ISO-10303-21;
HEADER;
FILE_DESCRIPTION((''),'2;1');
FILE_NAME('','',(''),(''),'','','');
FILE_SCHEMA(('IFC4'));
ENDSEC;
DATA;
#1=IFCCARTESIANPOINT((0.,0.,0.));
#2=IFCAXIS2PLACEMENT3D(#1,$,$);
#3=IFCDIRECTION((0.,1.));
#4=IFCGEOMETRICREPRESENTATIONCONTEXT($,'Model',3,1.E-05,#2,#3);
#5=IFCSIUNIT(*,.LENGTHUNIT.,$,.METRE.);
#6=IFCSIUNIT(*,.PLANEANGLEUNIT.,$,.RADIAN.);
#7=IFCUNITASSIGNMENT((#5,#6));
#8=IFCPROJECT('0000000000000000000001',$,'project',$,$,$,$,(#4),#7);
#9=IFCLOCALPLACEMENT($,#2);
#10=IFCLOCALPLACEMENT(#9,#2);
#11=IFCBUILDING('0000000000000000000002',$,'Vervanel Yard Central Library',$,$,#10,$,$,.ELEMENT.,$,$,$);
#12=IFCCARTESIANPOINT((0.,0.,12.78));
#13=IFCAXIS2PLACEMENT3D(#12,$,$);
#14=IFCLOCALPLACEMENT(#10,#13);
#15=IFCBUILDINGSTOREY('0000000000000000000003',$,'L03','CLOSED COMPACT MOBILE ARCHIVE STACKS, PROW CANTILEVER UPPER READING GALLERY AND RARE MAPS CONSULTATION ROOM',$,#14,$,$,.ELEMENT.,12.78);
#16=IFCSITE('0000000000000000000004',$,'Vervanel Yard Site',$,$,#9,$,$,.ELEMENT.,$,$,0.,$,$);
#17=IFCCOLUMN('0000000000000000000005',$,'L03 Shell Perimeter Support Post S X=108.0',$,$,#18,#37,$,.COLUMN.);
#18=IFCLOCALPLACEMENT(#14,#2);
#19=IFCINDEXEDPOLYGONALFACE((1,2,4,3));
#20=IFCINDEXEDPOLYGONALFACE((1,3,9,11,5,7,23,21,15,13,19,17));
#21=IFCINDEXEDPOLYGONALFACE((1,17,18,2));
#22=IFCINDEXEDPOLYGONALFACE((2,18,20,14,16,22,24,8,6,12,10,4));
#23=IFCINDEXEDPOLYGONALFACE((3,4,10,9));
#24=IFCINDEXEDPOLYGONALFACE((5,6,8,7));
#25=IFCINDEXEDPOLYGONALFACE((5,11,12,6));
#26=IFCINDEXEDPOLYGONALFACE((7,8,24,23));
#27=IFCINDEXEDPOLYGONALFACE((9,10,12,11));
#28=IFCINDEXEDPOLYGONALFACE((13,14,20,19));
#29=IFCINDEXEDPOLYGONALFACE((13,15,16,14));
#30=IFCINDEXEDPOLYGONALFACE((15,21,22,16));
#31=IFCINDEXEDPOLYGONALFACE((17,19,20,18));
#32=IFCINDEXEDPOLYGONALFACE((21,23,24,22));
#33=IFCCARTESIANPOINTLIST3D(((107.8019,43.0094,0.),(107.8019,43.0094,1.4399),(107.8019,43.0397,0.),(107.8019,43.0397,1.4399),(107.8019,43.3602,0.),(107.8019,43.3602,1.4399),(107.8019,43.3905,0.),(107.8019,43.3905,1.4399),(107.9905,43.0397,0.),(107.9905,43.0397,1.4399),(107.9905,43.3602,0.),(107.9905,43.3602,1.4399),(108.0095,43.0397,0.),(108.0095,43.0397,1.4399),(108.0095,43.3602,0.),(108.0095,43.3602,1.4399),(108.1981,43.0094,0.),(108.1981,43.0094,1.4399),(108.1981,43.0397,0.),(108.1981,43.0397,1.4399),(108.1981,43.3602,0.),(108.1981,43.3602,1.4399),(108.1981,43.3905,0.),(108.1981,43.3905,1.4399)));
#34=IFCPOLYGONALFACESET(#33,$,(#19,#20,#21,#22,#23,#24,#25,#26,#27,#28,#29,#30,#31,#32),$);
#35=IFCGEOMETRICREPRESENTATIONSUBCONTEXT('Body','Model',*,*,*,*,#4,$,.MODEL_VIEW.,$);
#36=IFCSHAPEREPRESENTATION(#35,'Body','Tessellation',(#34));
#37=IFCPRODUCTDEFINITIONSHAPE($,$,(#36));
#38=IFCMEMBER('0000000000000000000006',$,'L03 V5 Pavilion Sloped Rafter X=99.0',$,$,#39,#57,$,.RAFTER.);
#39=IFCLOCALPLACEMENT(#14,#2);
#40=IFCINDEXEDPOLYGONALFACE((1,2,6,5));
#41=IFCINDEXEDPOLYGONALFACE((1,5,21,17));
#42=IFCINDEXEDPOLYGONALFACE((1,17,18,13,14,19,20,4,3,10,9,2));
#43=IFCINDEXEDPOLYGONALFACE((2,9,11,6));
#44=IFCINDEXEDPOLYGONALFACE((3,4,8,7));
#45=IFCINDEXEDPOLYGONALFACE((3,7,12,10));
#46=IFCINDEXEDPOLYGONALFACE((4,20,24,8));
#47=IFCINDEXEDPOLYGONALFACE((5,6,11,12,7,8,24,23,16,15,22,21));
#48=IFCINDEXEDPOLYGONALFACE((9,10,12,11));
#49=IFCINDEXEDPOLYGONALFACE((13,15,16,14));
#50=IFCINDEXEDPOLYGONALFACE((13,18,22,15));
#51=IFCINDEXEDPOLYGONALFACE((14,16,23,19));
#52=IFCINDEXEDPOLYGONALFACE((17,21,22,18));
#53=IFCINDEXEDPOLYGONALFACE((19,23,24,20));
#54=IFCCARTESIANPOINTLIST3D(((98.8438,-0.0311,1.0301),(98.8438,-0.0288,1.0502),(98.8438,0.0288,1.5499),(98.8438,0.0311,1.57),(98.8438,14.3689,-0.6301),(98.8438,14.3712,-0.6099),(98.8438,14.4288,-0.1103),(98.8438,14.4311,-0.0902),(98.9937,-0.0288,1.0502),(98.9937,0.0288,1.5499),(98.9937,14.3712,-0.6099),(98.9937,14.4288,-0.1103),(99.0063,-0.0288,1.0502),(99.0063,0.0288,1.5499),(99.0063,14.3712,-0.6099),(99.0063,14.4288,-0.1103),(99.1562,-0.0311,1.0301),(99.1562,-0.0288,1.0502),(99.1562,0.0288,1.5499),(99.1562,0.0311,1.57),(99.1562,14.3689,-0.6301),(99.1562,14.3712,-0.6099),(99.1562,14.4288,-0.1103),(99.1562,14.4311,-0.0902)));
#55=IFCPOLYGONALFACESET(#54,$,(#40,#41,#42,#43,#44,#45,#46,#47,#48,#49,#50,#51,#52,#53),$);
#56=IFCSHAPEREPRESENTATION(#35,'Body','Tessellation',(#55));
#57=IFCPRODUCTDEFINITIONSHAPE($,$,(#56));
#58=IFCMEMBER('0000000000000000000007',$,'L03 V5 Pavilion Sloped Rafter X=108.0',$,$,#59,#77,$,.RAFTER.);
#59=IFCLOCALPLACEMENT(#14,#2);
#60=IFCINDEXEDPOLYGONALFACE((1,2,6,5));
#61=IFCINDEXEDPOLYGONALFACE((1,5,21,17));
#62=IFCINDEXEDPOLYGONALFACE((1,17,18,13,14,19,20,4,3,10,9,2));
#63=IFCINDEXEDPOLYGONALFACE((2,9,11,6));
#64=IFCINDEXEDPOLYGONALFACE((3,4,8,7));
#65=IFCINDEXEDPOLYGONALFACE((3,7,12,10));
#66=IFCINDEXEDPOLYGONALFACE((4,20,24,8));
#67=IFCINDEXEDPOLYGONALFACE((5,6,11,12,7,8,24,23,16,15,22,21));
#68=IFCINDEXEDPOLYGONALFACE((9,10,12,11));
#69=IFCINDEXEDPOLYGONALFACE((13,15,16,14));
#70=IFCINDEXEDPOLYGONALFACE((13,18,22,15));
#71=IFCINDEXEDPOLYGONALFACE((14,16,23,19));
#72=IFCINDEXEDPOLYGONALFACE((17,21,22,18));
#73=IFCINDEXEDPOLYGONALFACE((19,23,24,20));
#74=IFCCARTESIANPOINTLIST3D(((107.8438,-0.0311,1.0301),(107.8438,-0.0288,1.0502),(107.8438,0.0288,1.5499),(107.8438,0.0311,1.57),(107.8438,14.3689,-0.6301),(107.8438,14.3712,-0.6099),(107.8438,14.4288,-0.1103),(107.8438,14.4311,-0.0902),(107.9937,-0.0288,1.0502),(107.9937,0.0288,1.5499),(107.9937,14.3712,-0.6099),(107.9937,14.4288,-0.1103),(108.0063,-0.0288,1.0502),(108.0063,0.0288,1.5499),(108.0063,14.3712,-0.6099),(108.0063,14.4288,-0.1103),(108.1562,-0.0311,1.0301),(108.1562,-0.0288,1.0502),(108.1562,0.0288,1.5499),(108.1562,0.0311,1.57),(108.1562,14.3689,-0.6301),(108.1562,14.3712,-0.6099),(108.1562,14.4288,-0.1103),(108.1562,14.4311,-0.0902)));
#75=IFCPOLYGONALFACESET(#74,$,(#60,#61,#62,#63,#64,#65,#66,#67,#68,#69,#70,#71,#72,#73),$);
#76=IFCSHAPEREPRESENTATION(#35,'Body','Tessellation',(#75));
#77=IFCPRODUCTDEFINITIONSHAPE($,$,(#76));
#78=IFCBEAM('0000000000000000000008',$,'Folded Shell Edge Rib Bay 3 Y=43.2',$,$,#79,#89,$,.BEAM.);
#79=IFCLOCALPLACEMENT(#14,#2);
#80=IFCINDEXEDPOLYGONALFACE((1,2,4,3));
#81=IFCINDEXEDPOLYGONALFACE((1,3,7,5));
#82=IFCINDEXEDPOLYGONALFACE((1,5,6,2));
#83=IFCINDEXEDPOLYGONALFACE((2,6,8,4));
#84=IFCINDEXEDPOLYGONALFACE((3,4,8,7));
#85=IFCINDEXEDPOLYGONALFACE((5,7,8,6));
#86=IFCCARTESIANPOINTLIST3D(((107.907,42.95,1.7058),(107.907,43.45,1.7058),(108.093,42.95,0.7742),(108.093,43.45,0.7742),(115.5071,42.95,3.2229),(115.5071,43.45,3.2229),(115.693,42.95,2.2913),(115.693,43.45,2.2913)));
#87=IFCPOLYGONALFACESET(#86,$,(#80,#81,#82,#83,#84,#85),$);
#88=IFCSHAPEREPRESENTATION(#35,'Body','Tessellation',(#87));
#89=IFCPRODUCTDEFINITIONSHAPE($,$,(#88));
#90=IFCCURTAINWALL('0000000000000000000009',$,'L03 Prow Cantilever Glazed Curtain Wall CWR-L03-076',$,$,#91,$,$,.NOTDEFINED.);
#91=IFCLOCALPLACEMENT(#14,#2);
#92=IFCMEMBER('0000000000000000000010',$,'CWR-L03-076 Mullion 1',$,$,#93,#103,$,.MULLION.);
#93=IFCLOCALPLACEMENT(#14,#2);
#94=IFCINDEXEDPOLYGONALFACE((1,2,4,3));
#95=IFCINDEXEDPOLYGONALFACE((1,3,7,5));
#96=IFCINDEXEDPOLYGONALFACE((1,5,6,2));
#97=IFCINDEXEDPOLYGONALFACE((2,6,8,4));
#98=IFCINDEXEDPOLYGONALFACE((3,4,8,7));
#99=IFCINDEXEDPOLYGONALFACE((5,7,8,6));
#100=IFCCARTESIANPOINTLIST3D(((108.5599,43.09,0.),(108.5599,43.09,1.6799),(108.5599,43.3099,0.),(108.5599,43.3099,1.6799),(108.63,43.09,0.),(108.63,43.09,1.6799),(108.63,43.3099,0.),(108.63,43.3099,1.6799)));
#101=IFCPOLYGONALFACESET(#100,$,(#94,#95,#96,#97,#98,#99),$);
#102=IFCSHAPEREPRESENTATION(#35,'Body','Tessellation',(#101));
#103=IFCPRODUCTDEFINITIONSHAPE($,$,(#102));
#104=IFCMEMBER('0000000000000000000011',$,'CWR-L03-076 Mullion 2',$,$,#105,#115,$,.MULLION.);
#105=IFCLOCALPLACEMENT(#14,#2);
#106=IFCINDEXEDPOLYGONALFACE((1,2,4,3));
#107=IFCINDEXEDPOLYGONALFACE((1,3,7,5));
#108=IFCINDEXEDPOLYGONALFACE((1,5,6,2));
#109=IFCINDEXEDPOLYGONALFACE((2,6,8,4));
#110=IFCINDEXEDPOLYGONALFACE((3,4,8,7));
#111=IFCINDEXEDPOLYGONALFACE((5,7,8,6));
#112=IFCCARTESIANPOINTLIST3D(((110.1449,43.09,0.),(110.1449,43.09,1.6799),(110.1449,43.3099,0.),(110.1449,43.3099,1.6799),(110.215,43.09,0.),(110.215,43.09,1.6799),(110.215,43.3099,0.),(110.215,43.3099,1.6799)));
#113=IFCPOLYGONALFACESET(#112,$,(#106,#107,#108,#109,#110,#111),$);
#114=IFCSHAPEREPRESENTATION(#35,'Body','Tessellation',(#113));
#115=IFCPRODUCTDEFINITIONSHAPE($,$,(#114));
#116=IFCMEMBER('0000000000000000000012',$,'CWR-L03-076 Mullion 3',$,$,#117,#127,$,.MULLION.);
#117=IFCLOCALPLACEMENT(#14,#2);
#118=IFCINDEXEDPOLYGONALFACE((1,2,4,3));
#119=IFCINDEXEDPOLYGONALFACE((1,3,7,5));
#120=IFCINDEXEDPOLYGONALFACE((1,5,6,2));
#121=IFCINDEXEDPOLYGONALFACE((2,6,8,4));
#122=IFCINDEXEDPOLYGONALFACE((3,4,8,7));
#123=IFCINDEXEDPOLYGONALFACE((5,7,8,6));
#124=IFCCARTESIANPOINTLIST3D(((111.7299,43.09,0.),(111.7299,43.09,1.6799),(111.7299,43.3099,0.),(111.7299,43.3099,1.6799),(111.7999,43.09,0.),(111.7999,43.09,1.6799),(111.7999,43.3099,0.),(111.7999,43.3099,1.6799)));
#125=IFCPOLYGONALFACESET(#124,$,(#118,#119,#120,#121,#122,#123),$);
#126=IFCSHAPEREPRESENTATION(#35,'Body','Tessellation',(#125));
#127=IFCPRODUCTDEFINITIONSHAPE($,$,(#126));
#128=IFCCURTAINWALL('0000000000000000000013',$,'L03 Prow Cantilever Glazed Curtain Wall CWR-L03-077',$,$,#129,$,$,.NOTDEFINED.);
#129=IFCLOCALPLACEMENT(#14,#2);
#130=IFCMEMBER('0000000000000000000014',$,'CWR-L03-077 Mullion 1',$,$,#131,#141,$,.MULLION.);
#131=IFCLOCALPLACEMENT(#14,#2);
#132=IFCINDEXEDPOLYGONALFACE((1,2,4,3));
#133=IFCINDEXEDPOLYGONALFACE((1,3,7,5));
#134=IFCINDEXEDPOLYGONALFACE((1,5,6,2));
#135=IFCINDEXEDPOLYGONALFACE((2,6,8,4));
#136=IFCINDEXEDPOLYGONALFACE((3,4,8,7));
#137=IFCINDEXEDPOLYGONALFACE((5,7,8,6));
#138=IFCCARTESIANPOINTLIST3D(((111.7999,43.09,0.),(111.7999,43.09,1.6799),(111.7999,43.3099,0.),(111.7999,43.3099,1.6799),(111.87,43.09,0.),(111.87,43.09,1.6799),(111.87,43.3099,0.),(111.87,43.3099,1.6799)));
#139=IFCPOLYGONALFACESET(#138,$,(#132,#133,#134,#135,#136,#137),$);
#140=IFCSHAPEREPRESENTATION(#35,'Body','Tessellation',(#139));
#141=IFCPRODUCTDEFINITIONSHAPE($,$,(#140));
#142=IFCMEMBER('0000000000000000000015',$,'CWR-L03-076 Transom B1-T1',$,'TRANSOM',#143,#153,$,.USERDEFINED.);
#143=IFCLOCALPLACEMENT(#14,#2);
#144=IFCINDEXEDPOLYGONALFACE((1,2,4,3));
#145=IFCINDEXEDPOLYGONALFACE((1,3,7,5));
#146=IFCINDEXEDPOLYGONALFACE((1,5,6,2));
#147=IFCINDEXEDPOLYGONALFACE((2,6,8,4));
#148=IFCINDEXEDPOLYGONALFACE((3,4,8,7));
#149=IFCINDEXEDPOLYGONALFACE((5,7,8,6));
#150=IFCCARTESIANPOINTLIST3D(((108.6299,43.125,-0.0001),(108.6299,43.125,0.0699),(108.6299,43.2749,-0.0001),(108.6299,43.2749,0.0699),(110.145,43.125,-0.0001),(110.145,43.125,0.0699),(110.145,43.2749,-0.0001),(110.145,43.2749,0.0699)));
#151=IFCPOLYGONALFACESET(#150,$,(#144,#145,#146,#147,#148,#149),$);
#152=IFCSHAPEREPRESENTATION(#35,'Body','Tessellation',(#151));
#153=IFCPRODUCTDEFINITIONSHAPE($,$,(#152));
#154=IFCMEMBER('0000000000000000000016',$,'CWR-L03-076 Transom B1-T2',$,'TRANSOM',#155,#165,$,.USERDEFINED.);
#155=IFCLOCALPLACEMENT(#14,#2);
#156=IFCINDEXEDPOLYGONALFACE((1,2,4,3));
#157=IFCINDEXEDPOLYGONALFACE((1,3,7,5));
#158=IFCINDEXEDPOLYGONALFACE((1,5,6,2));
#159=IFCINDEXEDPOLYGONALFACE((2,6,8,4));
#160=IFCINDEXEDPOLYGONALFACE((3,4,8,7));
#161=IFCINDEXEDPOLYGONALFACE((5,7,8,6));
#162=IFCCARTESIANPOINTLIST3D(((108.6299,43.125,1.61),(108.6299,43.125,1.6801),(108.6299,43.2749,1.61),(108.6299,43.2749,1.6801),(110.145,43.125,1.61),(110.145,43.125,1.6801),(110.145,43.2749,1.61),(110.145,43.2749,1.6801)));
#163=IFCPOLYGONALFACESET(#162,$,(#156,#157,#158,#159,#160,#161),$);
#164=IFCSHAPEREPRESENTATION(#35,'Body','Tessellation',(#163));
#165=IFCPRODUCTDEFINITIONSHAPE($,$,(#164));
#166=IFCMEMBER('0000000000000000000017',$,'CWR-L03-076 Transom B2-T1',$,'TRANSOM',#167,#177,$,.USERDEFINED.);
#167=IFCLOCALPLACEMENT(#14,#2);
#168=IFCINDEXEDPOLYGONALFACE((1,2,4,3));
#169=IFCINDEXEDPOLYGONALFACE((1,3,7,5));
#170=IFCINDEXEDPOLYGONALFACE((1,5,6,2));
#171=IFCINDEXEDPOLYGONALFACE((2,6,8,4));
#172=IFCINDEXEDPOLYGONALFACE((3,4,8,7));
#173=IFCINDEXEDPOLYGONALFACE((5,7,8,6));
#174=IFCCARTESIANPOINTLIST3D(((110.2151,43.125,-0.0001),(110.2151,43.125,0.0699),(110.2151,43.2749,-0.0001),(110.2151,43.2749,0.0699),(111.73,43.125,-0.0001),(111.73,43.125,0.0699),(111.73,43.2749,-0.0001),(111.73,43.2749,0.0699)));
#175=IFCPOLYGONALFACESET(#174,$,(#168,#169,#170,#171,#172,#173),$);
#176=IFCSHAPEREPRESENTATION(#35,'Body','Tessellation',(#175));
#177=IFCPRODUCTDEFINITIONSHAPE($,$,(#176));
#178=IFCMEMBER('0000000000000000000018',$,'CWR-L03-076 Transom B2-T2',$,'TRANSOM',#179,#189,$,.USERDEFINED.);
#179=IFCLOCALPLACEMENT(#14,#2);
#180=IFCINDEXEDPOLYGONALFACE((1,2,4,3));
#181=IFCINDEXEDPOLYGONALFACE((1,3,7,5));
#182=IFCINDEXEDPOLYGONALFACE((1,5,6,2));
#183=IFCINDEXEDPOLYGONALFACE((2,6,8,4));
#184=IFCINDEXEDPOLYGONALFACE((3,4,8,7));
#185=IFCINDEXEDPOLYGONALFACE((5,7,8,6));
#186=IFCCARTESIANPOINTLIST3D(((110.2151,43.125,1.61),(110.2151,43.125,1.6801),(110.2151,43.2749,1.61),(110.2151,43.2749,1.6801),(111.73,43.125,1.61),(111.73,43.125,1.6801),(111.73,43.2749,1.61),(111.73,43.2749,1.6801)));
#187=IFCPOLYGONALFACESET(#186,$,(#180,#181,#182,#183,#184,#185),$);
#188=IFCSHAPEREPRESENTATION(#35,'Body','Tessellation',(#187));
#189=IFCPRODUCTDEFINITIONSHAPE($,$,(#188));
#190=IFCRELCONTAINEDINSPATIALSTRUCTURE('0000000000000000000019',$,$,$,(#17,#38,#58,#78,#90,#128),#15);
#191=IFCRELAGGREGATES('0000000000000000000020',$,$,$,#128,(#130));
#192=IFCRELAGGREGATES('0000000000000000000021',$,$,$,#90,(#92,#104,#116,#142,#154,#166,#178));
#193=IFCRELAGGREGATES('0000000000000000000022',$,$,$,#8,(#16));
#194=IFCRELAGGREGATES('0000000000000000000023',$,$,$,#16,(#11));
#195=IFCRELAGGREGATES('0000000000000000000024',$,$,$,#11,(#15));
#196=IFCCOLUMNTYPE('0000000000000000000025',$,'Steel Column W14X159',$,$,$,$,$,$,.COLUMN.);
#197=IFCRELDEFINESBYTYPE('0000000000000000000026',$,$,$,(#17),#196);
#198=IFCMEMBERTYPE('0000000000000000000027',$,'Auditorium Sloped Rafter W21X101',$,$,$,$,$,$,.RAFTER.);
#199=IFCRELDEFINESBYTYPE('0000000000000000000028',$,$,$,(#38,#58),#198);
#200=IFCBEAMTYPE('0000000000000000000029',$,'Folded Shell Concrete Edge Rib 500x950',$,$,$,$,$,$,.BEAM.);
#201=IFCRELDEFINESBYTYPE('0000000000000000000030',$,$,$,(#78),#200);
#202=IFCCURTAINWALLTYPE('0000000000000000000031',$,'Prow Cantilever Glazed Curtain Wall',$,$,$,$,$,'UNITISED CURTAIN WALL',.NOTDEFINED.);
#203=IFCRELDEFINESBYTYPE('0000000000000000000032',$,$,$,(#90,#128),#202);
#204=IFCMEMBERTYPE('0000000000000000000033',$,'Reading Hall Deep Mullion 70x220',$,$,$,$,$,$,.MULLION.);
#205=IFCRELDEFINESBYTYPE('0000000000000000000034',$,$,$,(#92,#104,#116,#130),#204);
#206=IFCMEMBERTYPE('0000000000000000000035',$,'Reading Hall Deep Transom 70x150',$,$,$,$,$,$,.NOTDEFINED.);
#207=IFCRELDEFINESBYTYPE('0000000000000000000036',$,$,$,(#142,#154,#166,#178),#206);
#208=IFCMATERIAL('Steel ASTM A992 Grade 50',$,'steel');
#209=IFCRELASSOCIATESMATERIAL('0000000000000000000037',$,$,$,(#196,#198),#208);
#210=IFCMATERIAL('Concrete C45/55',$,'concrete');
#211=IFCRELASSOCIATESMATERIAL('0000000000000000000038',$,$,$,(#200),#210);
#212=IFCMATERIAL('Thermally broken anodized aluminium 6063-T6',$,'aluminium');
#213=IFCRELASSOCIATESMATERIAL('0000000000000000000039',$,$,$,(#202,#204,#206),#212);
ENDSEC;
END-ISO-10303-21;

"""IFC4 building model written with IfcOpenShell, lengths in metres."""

from ifc_helpers import new_model, si_unit, direction, frame, origin, origin_2d, place, context, subcontext, project, spatial, rectangle, i_section, extrude, material, material_profile, profile_set, type_object, element, aggregate, save


model = new_model("IFC4")

# Units and contexts
model_context = context("Model", 3, precision=1e-05, world=origin(), true_north=direction((0.0, 1.0)))
body_context = subcontext(model_context, "Body", "Model", "MODEL_VIEW")
ifc_project = project(units=[si_unit("LENGTHUNIT", "METRE"), si_unit("PLANEANGLEUNIT", "RADIAN")], contexts=[model_context])

# Site, building, storey
site_placement = place(None, origin())
site = spatial("IfcSite", under=ifc_project, at=site_placement, Name="Vervanel Yard Site", CompositionType="ELEMENT", RefElevation=0.0)
building_placement = place(site_placement, origin())
building = spatial("IfcBuilding", under=site, at=building_placement, Name="Vervanel Yard Central Library", CompositionType="ELEMENT")
storey_placement = place(building_placement, frame((0.0, 0.0, 12.78)))
storey = spatial("IfcBuildingStorey", under=building, at=storey_placement, Name="L03", Description="CLOSED COMPACT MOBILE ARCHIVE STACKS, PROW CANTILEVER UPPER READING GALLERY AND RARE MAPS CONSULTATION ROOM", CompositionType="ELEMENT", Elevation=12.78)

# Column
ifc_material_1 = material(Name="Steel ASTM A992 Grade 50", Category="steel")
ifc_material_profile_1 = material_profile(ifc_material_1, i_section(OverallWidth=0.3962, OverallDepth=0.3811, WebThickness=0.019, FlangeThickness=0.0303, at=origin_2d()), Name="W14X159", Category="steel")
ifc_profile_set_1 = profile_set([ifc_material_profile_1], Name="Steel ASTM A992 Grade 50")
column_type = type_object("IfcColumnType", Name="Steel Column W14X159", PredefinedType="COLUMN", material=ifc_profile_set_1)
column_placement = place(storey_placement, frame((108.0, 43.2, 0.0), z_axis=(0.0, 0.0, 1.0), x_axis=(1.0, 0.0, 0.0)))
element("IfcColumn", 1, at=column_placement, inside=storey, type_object=column_type, Name="L03 Shell Perimeter Support Post S X=108.0", PredefinedType="COLUMN", context=body_context, shape_type="SweptSolid", body=[
    extrude(i_section(OverallWidth=0.3962, OverallDepth=0.3811, WebThickness=0.019, FlangeThickness=0.0303, at=origin_2d()), origin(), (0.0, 0.0, 1.0), 1.4399),
])

# Members
ifc_material_profile_2 = material_profile(ifc_material_1, i_section(OverallWidth=0.3125, OverallDepth=0.5435, WebThickness=0.0127, FlangeThickness=0.0203, at=origin_2d()), Name="W21X101", Category="steel")
ifc_profile_set_2 = profile_set([ifc_material_profile_2], Name="Steel ASTM A992 Grade 50")
member_type_1 = type_object("IfcMemberType", Name="Auditorium Sloped Rafter W21X101", PredefinedType="RAFTER", material=ifc_profile_set_2)
for number, where, z_axis, x_axis, name in (
    (2, (99.0, 0.0, 1.3), (0.0, 0.99342, -0.114531), (-1.0, 0.0, 0.0), "L03 V5 Pavilion Sloped Rafter X=99.0"),
    (3, (108.0, 0.0, 1.3), (0.0, 0.99342, -0.114531), (-1.0, 0.0, 0.0), "L03 V5 Pavilion Sloped Rafter X=108.0"),
):
    element("IfcMember", number, at=place(storey_placement, frame(where, z_axis=z_axis, x_axis=x_axis)), inside=storey, type_object=member_type_1, Name=name, PredefinedType="RAFTER", context=body_context, shape_type="SweptSolid", body=[
        extrude(i_section(OverallWidth=0.3125, OverallDepth=0.5435, WebThickness=0.0127, FlangeThickness=0.0203, at=origin_2d()), origin(), (0.0, 0.0, 1.0), 14.4954),
    ])

# Beam
ifc_material_2 = material(Name="Concrete C45/55", Category="concrete")
ifc_material_profile_3 = material_profile(ifc_material_2, rectangle(XDim=0.5, YDim=0.95, at=origin_2d()), Name="RC 500x950", Category="concrete")
ifc_profile_set_3 = profile_set([ifc_material_profile_3], Name="Concrete C45/55")
beam_type = type_object("IfcBeamType", Name="Folded Shell Concrete Edge Rib 500x950", PredefinedType="BEAM", material=ifc_profile_set_3)
beam_placement = place(storey_placement, frame((108.0, 43.2, 1.24), z_axis=(0.980653, 0.0, 0.195753), x_axis=(0.0, 1.0, 0.0)))
element("IfcBeam", 4, at=beam_placement, inside=storey, type_object=beam_type, Name="Folded Shell Edge Rib Bay 3 Y=43.2", PredefinedType="BEAM", context=body_context, shape_type="SweptSolid", body=[
    extrude(rectangle(XDim=0.5, YDim=0.95, at=origin_2d()), origin(), (0.0, 0.0, 1.0), 7.75),
])

# Curtain wall, members
ifc_material_3 = material(Name="Thermally broken anodized aluminium 6063-T6", Category="aluminium")
curtain_wall_type = type_object("IfcCurtainWallType", Name="Prow Cantilever Glazed Curtain Wall", ElementType="UNITISED CURTAIN WALL", PredefinedType="NOTDEFINED", material=ifc_material_3)
curtain_wall_1_placement = place(storey_placement, origin())
curtain_wall_1 = element("IfcCurtainWall", 5, at=curtain_wall_1_placement, inside=storey, type_object=curtain_wall_type, Name="L03 Prow Cantilever Glazed Curtain Wall CWR-L03-076", PredefinedType="NOTDEFINED")
ifc_material_profile_4 = material_profile(ifc_material_3, rectangle(XDim=0.0701, YDim=0.22, at=origin_2d()), Name="ALU 70x220", Category="aluminium")
ifc_profile_set_4 = profile_set([ifc_material_profile_4], Name="Thermally broken anodized aluminium 6063-T6")
member_type_2 = type_object("IfcMemberType", Name="Reading Hall Deep Mullion 70x220", PredefinedType="MULLION", material=ifc_profile_set_4)
member_1_placement = place(storey_placement, frame((108.595, 43.2, 0.0), z_axis=(0.0, 0.0, 1.0), x_axis=(1.0, 0.0, 0.0)))
member_1 = element("IfcMember", 6, at=member_1_placement, type_object=member_type_2, Name="CWR-L03-076 Mullion 1", PredefinedType="MULLION", context=body_context, shape_type="SweptSolid", body=[
    extrude(rectangle(XDim=0.0701, YDim=0.22, at=origin_2d()), origin(), (0.0, 0.0, 1.0), 1.6799),
])
member_2_placement = place(storey_placement, frame((110.1799, 43.2, 0.0), z_axis=(0.0, 0.0, 1.0), x_axis=(1.0, 0.0, 0.0)))
member_2 = element("IfcMember", 7, at=member_2_placement, type_object=member_type_2, Name="CWR-L03-076 Mullion 2", PredefinedType="MULLION", context=body_context, shape_type="SweptSolid", body=[
    extrude(rectangle(XDim=0.0701, YDim=0.22, at=origin_2d()), origin(), (0.0, 0.0, 1.0), 1.6799),
])
member_3_placement = place(storey_placement, frame((111.7649, 43.2, 0.0), z_axis=(0.0, 0.0, 1.0), x_axis=(1.0, 0.0, 0.0)))
member_3 = element("IfcMember", 8, at=member_3_placement, type_object=member_type_2, Name="CWR-L03-076 Mullion 3", PredefinedType="MULLION", context=body_context, shape_type="SweptSolid", body=[
    extrude(rectangle(XDim=0.0701, YDim=0.22, at=origin_2d()), origin(), (0.0, 0.0, 1.0), 1.6799),
])

# Curtain wall, member
curtain_wall_2_placement = place(storey_placement, origin())
curtain_wall_2 = element("IfcCurtainWall", 9, at=curtain_wall_2_placement, inside=storey, type_object=curtain_wall_type, Name="L03 Prow Cantilever Glazed Curtain Wall CWR-L03-077", PredefinedType="NOTDEFINED")
member_4_placement = place(storey_placement, frame((111.835, 43.2, 0.0), z_axis=(0.0, 0.0, 1.0), x_axis=(1.0, 0.0, 0.0)))
member_4 = element("IfcMember", 10, at=member_4_placement, type_object=member_type_2, Name="CWR-L03-077 Mullion 1", PredefinedType="MULLION", context=body_context, shape_type="SweptSolid", body=[
    extrude(rectangle(XDim=0.0701, YDim=0.22, at=origin_2d()), origin(), (0.0, 0.0, 1.0), 1.6799),
])
aggregate(curtain_wall_2, [member_4])

# Members
ifc_material_profile_5 = material_profile(ifc_material_3, rectangle(XDim=0.0701, YDim=0.1499, at=origin_2d()), Name="ALU 70x150", Category="aluminium")
ifc_profile_set_5 = profile_set([ifc_material_profile_5], Name="Thermally broken anodized aluminium 6063-T6")
member_type_3 = type_object("IfcMemberType", Name="Reading Hall Deep Transom 70x150", PredefinedType="NOTDEFINED", material=ifc_profile_set_5)
member_5_placement = place(storey_placement, frame((108.6299, 43.2, 0.0349), z_axis=(1.0, 0.0, 0.0), x_axis=(0.0, 0.0, 1.0)))
member_5 = element("IfcMember", 11, at=member_5_placement, type_object=member_type_3, Name="CWR-L03-076 Transom B1-T1", ObjectType="TRANSOM", PredefinedType="USERDEFINED", context=body_context, shape_type="SweptSolid", body=[
    extrude(rectangle(XDim=0.0701, YDim=0.1499, at=origin_2d()), origin(), (0.0, 0.0, 1.0), 1.5151),
])
member_6_placement = place(storey_placement, frame((108.6299, 43.2, 1.645), z_axis=(1.0, 0.0, 0.0), x_axis=(0.0, 0.0, 1.0)))
member_6 = element("IfcMember", 12, at=member_6_placement, type_object=member_type_3, Name="CWR-L03-076 Transom B1-T2", ObjectType="TRANSOM", PredefinedType="USERDEFINED", context=body_context, shape_type="SweptSolid", body=[
    extrude(rectangle(XDim=0.0701, YDim=0.1499, at=origin_2d()), origin(), (0.0, 0.0, 1.0), 1.5151),
])
member_7_placement = place(storey_placement, frame((110.2151, 43.2, 0.0349), z_axis=(1.0, 0.0, 0.0), x_axis=(0.0, 0.0, 1.0)))
member_7 = element("IfcMember", 13, at=member_7_placement, type_object=member_type_3, Name="CWR-L03-076 Transom B2-T1", ObjectType="TRANSOM", PredefinedType="USERDEFINED", context=body_context, shape_type="SweptSolid", body=[
    extrude(rectangle(XDim=0.0701, YDim=0.1499, at=origin_2d()), origin(), (0.0, 0.0, 1.0), 1.5149),
])
member_8_placement = place(storey_placement, frame((110.2151, 43.2, 1.645), z_axis=(1.0, 0.0, 0.0), x_axis=(0.0, 0.0, 1.0)))
member_8 = element("IfcMember", 14, at=member_8_placement, type_object=member_type_3, Name="CWR-L03-076 Transom B2-T2", ObjectType="TRANSOM", PredefinedType="USERDEFINED", context=body_context, shape_type="SweptSolid", body=[
    extrude(rectangle(XDim=0.0701, YDim=0.1499, at=origin_2d()), origin(), (0.0, 0.0, 1.0), 1.5149),
])

aggregate(curtain_wall_1, [member_1, member_2, member_3, member_5, member_6, member_7, member_8])

save(model, "model.ifc")
